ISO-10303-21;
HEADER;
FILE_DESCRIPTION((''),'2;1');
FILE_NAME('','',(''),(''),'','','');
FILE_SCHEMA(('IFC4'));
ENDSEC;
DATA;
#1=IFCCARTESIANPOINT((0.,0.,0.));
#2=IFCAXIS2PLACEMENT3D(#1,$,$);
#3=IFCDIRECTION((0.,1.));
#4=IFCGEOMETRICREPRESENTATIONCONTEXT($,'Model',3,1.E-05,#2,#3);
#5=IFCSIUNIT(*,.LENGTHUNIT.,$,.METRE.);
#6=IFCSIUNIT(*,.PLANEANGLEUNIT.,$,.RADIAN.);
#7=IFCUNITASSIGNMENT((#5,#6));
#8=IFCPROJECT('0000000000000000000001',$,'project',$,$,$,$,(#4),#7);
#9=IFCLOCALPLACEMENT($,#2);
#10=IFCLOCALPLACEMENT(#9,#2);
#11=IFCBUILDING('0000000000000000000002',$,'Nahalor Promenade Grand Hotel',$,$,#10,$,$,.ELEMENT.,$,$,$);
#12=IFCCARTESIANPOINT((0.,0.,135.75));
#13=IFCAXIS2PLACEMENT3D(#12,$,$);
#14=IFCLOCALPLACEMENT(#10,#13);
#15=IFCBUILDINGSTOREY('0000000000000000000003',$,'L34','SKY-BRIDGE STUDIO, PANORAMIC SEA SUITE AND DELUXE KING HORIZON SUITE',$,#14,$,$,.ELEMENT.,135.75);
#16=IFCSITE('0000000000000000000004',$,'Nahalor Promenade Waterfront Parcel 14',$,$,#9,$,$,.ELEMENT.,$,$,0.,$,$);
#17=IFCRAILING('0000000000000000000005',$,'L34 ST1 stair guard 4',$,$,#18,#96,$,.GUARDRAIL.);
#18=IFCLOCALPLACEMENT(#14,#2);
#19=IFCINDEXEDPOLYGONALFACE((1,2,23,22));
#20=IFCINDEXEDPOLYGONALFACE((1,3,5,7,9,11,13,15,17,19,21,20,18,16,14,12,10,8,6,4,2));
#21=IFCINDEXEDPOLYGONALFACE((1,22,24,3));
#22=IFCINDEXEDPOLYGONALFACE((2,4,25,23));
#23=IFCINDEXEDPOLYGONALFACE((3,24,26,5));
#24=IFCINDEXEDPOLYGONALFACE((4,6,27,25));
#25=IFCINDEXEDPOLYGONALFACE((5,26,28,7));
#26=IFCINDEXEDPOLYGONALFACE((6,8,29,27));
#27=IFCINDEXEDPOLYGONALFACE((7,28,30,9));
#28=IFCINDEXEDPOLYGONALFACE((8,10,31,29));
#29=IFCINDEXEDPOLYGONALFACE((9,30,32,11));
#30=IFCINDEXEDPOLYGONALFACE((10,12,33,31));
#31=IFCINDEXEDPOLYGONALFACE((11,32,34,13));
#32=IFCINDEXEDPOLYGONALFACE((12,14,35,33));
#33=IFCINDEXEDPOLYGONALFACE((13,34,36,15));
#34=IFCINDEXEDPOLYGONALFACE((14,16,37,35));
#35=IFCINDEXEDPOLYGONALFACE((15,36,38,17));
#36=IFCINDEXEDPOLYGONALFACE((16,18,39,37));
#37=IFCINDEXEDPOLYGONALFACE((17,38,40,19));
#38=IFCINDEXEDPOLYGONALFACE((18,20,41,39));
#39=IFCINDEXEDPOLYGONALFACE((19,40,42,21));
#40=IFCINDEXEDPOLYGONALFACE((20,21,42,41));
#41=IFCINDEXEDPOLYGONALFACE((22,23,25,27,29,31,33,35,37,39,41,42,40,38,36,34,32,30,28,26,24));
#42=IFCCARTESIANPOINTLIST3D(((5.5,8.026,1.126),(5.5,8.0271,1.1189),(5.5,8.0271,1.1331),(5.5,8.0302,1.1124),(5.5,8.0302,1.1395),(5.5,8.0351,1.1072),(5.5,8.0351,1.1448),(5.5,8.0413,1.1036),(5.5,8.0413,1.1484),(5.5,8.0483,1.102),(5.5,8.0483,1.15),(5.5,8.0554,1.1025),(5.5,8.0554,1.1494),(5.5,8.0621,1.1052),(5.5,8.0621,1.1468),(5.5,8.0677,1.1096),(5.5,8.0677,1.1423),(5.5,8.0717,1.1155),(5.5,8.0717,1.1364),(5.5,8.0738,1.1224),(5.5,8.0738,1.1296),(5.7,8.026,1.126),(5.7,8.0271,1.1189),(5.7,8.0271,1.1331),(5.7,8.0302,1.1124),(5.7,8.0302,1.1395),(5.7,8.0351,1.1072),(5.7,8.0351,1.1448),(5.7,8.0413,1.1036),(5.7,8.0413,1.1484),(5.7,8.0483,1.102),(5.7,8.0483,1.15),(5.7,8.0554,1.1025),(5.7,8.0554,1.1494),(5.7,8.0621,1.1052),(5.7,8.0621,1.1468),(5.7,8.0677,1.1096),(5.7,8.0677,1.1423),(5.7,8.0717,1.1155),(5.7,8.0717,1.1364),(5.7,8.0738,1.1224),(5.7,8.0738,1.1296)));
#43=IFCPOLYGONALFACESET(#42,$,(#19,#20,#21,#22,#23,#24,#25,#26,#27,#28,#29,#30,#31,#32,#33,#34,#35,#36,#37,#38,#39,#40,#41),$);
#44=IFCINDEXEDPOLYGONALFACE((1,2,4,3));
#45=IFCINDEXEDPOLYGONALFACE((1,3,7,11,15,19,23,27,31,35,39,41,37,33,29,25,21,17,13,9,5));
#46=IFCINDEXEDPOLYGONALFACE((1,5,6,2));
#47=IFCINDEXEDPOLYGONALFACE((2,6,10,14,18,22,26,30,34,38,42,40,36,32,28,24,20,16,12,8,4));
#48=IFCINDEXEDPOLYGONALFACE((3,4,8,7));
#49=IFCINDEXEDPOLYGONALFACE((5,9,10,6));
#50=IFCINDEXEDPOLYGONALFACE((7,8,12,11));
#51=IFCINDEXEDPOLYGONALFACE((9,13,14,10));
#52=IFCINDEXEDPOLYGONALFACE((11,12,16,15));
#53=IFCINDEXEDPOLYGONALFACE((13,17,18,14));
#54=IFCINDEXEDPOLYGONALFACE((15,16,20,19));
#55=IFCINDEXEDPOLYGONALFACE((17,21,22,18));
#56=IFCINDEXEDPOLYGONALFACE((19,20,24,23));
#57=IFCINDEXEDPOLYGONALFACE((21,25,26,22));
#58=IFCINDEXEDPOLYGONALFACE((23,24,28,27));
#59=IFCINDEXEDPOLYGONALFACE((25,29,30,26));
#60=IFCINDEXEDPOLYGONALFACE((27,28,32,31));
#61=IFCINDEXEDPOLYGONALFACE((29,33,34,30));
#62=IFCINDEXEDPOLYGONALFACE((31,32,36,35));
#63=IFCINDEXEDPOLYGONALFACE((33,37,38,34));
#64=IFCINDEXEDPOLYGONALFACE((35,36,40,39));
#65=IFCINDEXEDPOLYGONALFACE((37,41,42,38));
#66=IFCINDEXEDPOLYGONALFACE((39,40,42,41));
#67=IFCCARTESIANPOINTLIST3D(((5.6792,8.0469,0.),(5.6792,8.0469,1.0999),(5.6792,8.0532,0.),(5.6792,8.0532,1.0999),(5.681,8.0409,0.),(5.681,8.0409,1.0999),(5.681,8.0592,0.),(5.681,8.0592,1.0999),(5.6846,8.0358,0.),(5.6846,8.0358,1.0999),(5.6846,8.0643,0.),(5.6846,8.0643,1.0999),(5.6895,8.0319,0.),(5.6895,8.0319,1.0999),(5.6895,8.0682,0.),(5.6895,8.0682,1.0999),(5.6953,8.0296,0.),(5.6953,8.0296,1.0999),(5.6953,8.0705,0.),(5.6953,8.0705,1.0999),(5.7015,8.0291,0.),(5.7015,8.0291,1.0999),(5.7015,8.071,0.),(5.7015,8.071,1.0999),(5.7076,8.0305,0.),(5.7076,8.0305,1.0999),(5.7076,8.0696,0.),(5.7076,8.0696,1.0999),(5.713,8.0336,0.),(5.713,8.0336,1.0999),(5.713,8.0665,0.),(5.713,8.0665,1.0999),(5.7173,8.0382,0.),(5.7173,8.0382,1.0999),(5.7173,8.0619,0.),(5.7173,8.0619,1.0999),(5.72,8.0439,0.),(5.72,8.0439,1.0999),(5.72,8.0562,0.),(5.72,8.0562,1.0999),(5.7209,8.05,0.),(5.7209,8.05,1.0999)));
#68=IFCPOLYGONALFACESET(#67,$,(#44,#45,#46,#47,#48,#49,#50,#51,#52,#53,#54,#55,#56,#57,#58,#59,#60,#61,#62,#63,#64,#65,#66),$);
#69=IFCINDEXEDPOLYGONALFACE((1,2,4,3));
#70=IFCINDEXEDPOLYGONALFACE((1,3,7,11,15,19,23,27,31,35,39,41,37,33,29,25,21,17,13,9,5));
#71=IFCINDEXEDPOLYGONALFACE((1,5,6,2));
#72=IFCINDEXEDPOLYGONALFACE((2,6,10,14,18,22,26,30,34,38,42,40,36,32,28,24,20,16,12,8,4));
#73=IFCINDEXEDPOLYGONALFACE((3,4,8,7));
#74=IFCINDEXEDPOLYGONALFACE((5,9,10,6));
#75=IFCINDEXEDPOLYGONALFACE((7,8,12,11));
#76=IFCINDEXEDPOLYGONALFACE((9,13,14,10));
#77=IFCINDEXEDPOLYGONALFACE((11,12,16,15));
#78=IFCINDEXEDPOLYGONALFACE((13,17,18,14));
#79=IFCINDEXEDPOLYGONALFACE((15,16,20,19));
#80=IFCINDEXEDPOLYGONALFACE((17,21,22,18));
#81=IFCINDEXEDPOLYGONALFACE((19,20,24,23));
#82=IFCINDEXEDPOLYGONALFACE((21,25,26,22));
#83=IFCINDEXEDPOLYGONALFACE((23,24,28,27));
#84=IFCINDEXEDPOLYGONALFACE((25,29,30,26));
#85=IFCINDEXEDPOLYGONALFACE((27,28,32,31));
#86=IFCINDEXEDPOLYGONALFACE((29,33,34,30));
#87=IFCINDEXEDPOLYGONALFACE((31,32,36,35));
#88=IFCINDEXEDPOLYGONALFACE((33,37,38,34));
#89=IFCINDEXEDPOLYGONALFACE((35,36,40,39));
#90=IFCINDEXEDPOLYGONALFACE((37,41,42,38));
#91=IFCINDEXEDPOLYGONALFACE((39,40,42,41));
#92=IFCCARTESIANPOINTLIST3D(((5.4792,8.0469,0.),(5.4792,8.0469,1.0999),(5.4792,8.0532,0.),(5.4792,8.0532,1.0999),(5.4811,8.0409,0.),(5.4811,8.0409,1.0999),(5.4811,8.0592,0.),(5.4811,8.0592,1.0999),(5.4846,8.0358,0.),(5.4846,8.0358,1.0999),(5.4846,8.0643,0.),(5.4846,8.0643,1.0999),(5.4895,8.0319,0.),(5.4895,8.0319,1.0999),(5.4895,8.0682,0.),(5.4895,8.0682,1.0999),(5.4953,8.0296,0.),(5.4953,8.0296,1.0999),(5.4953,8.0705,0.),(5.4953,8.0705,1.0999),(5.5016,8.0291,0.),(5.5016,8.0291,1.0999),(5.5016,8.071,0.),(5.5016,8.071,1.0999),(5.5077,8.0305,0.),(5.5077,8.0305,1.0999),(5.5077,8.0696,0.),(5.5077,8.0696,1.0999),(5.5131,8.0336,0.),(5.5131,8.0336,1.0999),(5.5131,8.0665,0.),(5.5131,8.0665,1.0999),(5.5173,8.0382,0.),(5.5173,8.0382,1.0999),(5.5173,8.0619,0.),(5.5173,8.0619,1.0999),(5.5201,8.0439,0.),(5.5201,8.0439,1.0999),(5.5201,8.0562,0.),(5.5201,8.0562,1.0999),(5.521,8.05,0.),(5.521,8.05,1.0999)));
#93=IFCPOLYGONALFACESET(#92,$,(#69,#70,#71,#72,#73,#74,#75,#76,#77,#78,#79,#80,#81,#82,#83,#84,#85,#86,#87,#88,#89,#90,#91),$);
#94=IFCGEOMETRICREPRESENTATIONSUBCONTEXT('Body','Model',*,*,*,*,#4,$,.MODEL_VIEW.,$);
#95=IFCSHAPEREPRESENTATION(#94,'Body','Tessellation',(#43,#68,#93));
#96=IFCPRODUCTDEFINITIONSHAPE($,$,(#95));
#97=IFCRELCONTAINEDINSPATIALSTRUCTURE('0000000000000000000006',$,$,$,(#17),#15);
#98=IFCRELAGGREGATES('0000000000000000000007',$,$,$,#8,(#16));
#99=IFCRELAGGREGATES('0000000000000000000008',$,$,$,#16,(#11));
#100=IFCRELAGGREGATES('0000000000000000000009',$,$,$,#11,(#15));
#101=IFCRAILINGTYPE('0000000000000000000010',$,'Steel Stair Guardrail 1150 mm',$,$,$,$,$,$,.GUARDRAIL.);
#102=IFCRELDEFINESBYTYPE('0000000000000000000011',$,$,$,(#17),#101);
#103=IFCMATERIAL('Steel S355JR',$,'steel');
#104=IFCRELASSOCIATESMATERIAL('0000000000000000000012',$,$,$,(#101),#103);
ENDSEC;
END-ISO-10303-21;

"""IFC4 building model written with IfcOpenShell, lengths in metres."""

from ifc_helpers import new_model, si_unit, direction, frame, origin, origin_2d, place, context, subcontext, project, spatial, circle, extrude, material, type_object, element, save


model = new_model("IFC4")

# Units and contexts
model_context = context("Model", 3, precision=1e-05, world=origin(), true_north=direction((0.0, 1.0)))
body_context = subcontext(model_context, "Body", "Model", "MODEL_VIEW")
ifc_project = project(units=[si_unit("LENGTHUNIT", "METRE"), si_unit("PLANEANGLEUNIT", "RADIAN")], contexts=[model_context])

# Site, building, storey
site_placement = place(None, origin())
site = spatial("IfcSite", under=ifc_project, at=site_placement, Name="Nahalor Promenade Waterfront Parcel 14", CompositionType="ELEMENT", RefElevation=0.0)
building_placement = place(site_placement, origin())
building = spatial("IfcBuilding", under=site, at=building_placement, Name="Nahalor Promenade Grand Hotel", CompositionType="ELEMENT")
storey_placement = place(building_placement, frame((0.0, 0.0, 135.75)))
storey = spatial("IfcBuildingStorey", under=building, at=storey_placement, Name="L34", Description="SKY-BRIDGE STUDIO, PANORAMIC SEA SUITE AND DELUXE KING HORIZON SUITE", CompositionType="ELEMENT", Elevation=135.75)

# Shared definitions
ifc_material_1 = material(Name="Steel S355JR", Category="steel")

# Railing
railing_type_1 = type_object("IfcRailingType", Name="Steel Stair Guardrail 1150 mm", PredefinedType="GUARDRAIL", material=ifc_material_1)
railing_1_placement = place(storey_placement, frame((5.7, 8.05, 0.0)))
element("IfcRailing", 1, at=railing_1_placement, inside=storey, type_object=railing_type_1, Name="L34 ST1 stair guard 4", PredefinedType="GUARDRAIL", context=body_context, shape_type="SweptSolid", body=[
    extrude(circle(Radius=0.024, at=origin_2d()), frame((0.0, 0.0, 1.126), z_axis=(-1.0, 0.0, 0.0), x_axis=(0.0, -1.0, 0.0)), (0.0, 0.0, 1.0), 0.2),
    extrude(circle(Radius=0.021, at=origin_2d()), origin(), (0.0, 0.0, 1.0), 1.0999),
    extrude(circle(Radius=0.021, at=origin_2d()), frame((-0.2, 0.0, 0.0)), (0.0, 0.0, 1.0), 1.0999),
])

save(model, "model.ifc")
